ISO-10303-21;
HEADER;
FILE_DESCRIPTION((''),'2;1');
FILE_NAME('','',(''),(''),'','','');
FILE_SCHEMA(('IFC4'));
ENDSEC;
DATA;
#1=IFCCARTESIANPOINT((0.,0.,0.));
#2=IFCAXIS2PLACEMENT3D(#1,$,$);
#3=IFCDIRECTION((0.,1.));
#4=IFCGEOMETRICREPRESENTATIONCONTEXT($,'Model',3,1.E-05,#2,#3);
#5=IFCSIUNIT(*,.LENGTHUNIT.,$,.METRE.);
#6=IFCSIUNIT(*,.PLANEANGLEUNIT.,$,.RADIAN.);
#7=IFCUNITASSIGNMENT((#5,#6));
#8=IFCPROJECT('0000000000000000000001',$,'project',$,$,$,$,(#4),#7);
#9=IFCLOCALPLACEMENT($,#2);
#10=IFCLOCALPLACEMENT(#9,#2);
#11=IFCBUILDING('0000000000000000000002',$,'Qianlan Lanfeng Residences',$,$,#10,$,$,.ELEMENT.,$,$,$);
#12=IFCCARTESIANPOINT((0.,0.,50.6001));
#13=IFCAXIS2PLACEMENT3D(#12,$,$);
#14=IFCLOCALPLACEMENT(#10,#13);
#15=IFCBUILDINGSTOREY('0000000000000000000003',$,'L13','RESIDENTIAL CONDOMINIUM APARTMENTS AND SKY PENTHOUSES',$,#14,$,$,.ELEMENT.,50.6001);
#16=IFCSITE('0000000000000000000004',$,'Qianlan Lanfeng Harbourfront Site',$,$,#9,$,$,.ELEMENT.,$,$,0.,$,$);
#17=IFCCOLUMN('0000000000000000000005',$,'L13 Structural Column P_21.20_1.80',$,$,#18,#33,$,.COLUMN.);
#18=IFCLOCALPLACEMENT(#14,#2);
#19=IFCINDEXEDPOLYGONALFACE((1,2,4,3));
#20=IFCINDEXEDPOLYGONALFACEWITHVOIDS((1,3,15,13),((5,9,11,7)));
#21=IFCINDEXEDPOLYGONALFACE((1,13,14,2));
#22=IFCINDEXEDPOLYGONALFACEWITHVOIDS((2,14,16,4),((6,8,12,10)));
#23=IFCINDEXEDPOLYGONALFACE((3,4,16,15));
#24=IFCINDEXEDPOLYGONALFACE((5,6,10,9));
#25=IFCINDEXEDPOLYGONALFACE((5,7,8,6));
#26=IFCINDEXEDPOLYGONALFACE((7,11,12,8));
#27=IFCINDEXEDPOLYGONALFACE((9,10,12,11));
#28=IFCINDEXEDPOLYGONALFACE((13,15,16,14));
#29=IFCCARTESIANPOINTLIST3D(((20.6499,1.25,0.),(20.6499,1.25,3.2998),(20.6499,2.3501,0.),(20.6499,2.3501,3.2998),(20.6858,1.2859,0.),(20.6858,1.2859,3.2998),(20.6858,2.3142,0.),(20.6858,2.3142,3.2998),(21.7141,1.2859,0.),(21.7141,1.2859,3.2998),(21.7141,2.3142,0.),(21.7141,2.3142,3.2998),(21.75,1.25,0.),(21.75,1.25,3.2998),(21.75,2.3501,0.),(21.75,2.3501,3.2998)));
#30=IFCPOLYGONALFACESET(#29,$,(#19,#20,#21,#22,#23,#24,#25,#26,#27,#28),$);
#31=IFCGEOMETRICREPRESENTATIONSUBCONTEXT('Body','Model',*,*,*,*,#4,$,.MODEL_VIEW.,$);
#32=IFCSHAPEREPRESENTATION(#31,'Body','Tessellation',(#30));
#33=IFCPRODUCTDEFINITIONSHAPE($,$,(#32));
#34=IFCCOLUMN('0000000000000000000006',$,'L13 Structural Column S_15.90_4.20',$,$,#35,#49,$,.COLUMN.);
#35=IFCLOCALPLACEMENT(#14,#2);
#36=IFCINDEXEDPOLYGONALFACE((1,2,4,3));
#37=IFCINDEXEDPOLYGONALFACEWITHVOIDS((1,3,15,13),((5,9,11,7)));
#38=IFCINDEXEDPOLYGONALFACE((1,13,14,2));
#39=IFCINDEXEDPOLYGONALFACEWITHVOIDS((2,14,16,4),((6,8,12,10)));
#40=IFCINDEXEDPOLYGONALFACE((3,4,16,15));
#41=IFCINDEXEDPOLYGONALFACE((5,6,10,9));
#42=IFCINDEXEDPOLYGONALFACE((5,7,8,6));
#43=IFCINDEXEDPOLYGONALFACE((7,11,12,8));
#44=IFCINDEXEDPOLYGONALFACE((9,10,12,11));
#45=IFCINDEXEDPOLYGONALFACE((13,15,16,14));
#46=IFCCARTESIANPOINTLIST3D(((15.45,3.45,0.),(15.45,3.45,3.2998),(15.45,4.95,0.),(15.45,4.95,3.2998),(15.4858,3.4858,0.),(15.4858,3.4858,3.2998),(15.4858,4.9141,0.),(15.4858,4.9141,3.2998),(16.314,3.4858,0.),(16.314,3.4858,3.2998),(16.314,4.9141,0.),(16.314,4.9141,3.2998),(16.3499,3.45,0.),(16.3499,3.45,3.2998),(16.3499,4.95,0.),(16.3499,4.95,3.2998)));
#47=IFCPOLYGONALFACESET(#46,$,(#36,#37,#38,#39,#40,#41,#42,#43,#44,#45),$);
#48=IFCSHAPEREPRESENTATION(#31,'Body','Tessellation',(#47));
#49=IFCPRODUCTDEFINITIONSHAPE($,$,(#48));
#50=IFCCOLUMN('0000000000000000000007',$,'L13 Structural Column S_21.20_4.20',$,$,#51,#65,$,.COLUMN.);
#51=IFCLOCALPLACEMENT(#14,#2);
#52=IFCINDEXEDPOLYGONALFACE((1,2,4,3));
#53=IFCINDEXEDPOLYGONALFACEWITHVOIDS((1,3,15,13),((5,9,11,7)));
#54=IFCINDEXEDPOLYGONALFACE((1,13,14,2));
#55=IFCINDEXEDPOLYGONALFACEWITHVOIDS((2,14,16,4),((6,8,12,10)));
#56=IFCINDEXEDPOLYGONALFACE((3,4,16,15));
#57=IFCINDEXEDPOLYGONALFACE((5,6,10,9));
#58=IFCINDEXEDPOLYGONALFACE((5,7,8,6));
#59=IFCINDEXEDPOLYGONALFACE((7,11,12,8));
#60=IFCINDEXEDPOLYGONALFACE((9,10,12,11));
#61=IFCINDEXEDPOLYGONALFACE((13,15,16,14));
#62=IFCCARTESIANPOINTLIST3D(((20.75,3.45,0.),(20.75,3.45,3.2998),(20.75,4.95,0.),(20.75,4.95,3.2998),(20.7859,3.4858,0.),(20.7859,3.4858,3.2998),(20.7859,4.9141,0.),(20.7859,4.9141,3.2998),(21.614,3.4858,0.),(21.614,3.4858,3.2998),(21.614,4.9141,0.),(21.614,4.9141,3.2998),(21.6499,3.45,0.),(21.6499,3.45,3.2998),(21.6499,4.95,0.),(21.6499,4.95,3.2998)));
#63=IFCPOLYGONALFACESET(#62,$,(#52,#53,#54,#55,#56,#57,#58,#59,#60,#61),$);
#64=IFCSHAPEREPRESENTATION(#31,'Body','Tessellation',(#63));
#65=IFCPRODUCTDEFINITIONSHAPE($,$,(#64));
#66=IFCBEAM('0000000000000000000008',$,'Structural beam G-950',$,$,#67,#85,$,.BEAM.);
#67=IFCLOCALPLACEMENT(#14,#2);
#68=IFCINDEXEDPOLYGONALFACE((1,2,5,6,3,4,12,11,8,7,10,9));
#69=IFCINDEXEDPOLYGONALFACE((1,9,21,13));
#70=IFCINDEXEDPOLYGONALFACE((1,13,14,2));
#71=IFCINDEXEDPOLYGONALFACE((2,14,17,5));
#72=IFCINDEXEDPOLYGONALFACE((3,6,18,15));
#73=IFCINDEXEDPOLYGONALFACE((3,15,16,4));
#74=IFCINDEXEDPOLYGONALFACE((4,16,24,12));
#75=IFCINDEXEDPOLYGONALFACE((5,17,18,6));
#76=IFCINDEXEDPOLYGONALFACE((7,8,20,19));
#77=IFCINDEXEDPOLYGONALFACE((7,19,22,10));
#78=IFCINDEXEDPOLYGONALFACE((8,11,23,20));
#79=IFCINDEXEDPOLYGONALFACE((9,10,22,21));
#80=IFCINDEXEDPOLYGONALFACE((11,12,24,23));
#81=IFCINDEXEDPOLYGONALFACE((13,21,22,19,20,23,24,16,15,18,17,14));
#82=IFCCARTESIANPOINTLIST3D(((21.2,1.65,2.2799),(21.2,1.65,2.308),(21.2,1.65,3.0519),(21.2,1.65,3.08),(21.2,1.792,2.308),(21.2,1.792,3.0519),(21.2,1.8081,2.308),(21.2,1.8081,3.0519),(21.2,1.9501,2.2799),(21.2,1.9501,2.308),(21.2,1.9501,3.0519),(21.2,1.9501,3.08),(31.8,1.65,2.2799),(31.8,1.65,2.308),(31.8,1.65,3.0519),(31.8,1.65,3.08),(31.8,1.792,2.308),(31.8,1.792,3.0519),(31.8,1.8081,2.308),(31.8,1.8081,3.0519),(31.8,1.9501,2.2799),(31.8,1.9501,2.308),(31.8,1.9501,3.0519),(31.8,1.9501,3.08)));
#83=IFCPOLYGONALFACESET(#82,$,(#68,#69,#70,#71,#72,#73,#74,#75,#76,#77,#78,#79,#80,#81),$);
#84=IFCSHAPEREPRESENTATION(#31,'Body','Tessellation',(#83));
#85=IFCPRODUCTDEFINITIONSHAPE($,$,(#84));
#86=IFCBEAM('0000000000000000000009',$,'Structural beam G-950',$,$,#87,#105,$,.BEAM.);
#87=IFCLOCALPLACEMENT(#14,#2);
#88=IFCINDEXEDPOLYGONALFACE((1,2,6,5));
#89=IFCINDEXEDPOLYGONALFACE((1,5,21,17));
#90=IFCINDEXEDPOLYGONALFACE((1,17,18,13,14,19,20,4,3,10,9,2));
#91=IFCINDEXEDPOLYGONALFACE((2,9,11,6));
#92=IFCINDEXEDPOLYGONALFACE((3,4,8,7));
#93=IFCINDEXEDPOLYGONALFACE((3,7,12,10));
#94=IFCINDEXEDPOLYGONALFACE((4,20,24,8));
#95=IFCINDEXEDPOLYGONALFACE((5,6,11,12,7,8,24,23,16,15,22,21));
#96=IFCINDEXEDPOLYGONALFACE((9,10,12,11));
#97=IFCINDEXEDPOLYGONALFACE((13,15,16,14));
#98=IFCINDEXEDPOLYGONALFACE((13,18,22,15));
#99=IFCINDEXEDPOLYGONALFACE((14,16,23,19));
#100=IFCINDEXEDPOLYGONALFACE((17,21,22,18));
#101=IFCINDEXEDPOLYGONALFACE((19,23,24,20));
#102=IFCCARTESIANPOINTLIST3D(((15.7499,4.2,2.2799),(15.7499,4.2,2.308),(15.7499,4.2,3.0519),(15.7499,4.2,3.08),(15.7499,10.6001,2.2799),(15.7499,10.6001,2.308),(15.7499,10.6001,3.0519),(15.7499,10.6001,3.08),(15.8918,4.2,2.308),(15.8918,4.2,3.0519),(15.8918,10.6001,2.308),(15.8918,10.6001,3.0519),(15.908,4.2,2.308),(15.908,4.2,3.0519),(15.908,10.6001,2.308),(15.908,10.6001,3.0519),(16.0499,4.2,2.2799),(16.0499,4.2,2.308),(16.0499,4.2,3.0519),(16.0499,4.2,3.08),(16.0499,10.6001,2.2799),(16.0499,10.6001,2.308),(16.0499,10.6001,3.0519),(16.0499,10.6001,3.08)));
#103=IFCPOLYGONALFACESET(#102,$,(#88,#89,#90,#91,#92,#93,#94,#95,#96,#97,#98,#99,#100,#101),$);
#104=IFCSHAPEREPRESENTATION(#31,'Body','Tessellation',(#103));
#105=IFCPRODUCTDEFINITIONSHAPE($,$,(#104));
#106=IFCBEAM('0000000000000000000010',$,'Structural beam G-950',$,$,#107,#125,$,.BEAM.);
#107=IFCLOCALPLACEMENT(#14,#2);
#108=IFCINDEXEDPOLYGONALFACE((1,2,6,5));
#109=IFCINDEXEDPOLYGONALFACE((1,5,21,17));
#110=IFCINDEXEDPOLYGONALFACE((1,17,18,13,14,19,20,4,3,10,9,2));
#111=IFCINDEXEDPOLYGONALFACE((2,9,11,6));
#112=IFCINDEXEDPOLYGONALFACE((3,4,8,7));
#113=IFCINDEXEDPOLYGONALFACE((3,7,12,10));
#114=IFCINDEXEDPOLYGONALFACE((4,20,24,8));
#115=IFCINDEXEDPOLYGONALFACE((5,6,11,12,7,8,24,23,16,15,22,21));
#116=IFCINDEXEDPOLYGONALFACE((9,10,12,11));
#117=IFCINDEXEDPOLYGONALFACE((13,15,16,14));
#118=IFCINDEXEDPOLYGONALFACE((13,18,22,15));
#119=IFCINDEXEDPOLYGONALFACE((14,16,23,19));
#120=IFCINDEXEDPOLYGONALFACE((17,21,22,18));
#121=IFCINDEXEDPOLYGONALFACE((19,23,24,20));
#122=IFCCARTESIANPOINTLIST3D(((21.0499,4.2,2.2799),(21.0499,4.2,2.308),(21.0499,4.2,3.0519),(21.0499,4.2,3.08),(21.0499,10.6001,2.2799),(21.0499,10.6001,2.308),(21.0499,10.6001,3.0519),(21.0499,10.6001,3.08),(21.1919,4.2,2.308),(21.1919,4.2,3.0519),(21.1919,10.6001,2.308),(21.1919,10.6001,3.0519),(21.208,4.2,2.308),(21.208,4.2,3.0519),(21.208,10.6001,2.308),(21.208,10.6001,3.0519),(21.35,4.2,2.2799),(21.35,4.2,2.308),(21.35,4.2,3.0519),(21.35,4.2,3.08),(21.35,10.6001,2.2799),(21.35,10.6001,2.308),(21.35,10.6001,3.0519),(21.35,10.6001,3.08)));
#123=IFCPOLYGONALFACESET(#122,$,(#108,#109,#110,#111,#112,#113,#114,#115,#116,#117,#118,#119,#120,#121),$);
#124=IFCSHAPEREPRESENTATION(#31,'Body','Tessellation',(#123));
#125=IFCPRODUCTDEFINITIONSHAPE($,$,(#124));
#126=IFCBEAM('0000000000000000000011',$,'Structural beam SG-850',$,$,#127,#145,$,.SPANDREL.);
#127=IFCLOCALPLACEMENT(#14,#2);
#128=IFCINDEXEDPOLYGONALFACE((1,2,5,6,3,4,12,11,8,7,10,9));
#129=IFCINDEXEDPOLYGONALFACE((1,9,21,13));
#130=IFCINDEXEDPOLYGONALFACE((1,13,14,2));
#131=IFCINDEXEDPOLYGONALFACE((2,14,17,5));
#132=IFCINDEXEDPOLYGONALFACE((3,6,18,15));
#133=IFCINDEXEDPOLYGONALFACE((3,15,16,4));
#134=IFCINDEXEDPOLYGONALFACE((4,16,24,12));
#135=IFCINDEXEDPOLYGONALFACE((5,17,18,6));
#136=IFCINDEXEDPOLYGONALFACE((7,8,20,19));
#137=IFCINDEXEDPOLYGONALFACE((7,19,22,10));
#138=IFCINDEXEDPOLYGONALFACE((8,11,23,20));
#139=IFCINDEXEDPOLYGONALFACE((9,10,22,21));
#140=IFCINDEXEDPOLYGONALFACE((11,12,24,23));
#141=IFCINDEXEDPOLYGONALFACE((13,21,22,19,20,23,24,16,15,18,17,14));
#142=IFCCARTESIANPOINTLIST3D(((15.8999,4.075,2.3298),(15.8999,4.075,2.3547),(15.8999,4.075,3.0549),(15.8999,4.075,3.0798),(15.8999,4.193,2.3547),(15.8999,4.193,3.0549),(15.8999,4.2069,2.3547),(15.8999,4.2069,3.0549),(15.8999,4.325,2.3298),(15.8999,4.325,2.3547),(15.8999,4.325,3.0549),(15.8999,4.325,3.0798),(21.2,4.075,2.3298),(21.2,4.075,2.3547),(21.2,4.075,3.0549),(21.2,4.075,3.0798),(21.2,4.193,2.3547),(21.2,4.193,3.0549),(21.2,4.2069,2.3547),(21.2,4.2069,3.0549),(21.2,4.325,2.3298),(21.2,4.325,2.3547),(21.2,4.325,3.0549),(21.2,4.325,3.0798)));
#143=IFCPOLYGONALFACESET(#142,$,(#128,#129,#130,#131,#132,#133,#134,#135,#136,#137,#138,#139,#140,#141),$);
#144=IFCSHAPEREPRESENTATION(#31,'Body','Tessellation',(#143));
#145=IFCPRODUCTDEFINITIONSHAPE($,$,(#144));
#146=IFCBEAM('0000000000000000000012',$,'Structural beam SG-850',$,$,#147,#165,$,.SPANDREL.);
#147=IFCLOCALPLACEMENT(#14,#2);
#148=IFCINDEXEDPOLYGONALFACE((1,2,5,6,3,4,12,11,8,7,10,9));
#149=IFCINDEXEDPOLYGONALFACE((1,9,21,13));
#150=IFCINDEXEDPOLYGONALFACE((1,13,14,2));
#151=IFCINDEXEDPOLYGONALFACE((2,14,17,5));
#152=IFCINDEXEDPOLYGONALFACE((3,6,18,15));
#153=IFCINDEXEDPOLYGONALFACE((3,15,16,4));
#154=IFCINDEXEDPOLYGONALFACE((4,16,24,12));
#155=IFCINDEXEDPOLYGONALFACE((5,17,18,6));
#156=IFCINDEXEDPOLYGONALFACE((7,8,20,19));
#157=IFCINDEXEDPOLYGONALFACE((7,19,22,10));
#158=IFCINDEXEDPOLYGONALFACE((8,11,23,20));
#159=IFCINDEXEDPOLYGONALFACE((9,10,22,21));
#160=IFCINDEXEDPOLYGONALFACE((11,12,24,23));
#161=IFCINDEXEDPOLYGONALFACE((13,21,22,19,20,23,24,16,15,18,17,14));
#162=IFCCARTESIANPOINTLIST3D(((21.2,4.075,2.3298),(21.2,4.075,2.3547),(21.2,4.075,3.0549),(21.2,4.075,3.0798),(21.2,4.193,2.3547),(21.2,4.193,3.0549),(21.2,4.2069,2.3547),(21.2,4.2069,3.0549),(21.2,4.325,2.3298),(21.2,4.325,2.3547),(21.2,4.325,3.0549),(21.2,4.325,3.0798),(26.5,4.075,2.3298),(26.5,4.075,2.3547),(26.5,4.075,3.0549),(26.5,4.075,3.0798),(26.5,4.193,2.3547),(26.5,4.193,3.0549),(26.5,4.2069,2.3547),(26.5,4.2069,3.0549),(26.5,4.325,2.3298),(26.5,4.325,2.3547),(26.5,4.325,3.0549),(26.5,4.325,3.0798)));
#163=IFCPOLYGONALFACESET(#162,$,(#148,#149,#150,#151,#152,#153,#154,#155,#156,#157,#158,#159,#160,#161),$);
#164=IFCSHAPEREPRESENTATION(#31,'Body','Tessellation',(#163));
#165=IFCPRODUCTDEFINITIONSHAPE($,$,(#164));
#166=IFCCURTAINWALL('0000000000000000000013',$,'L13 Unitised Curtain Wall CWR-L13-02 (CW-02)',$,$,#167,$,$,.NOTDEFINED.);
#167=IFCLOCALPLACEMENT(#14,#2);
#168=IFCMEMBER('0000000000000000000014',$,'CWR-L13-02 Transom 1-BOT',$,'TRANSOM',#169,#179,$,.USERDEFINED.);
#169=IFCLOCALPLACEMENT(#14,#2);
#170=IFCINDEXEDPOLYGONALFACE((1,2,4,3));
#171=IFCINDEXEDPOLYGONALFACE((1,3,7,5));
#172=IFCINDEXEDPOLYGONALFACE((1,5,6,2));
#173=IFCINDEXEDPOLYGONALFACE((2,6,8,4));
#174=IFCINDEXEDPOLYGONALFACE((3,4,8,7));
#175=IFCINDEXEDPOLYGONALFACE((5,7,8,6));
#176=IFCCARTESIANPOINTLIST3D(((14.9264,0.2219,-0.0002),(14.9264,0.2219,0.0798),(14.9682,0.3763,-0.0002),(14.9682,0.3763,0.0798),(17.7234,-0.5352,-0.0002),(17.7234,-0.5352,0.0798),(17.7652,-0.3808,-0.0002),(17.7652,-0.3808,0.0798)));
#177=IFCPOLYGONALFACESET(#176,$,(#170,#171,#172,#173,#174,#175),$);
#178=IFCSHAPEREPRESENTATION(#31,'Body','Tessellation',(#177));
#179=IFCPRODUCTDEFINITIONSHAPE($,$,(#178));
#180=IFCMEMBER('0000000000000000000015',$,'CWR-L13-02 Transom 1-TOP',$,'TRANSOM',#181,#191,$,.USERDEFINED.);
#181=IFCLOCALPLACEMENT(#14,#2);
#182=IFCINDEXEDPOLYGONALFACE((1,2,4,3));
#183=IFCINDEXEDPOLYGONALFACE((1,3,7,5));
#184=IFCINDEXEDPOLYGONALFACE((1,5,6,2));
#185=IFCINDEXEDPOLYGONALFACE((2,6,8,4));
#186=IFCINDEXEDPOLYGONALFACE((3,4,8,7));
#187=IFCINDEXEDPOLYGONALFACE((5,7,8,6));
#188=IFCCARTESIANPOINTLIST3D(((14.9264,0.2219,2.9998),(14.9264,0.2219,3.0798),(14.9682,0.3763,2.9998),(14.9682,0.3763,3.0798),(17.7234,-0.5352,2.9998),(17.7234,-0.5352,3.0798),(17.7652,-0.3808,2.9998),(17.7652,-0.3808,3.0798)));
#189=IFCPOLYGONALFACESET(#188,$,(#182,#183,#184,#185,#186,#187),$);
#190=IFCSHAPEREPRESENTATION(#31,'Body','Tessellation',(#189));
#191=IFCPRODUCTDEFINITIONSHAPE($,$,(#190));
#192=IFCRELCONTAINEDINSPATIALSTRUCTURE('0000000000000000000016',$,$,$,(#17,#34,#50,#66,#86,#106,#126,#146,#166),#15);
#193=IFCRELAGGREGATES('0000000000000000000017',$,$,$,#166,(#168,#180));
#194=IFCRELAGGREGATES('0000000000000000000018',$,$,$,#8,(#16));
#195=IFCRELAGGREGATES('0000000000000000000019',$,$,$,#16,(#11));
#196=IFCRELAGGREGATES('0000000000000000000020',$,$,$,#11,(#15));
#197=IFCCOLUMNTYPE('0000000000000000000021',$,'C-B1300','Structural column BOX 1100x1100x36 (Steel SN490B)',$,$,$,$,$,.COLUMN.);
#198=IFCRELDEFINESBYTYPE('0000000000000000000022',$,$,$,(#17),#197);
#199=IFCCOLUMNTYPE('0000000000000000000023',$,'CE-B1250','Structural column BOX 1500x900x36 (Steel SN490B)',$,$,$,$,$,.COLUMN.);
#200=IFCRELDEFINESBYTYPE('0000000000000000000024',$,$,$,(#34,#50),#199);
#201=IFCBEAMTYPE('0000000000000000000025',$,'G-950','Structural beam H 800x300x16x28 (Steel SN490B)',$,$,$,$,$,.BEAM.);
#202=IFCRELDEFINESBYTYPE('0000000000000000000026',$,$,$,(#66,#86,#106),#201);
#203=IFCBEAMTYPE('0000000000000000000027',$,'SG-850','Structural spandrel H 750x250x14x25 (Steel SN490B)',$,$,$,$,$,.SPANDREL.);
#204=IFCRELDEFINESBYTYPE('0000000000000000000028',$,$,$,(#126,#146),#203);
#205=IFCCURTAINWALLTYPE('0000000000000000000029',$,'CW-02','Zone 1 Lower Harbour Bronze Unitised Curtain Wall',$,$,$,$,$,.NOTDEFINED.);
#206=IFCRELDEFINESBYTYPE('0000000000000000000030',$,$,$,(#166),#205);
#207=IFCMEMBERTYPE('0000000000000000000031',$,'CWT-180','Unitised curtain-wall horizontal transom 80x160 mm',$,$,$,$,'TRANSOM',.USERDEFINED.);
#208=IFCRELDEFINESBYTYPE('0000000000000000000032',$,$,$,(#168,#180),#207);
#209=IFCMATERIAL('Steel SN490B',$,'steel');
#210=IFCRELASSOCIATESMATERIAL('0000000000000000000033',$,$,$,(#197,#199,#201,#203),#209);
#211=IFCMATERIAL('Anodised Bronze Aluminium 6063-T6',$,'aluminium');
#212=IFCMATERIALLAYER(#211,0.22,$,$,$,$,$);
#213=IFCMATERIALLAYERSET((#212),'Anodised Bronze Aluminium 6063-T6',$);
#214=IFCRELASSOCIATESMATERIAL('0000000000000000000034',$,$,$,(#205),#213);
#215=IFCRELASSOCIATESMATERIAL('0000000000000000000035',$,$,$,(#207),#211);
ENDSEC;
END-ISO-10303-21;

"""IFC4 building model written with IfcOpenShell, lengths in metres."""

from ifc_helpers import new_model, si_unit, direction, frame, origin, origin_2d, place, context, subcontext, project, spatial, rectangle, hollow_rectangle, i_section, extrude, source, transform, mapped, material, layer, layer_set, material_profile, profile_set, type_object, element, aggregate, save


model = new_model("IFC4")

# Units and contexts
model_context = context("Model", 3, precision=1e-05, world=origin(), true_north=direction((0.0, 1.0)))
body_context = subcontext(model_context, "Body", "Model", "MODEL_VIEW")
ifc_project = project(units=[si_unit("LENGTHUNIT", "METRE"), si_unit("PLANEANGLEUNIT", "RADIAN")], contexts=[model_context])

# Site, building, storey
site_placement = place(None, origin())
site = spatial("IfcSite", under=ifc_project, at=site_placement, Name="Qianlan Lanfeng Harbourfront Site", CompositionType="ELEMENT", RefElevation=0.0)
building_placement = place(site_placement, origin())
building = spatial("IfcBuilding", under=site, at=building_placement, Name="Qianlan Lanfeng Residences", CompositionType="ELEMENT")
storey_placement = place(building_placement, frame((0.0, 0.0, 50.6001)))
storey = spatial("IfcBuildingStorey", under=building, at=storey_placement, Name="L13", Description="RESIDENTIAL CONDOMINIUM APARTMENTS AND SKY PENTHOUSES", CompositionType="ELEMENT", Elevation=50.6001)

# Columns
ifc_material_1 = material(Name="Steel SN490B", Category="steel")
ifc_material_profile_1 = material_profile(ifc_material_1, hollow_rectangle(XDim=1.1001, YDim=1.1001, WallThickness=0.0359, at=origin_2d()), Name="BOX 1100x1100x36")
ifc_profile_set_1 = profile_set([ifc_material_profile_1], Name="Steel SN490B")
column_type_1 = type_object("IfcColumnType", Name="C-B1300", Description="Structural column BOX 1100x1100x36 (Steel SN490B)", PredefinedType="COLUMN", material=ifc_profile_set_1)
column_placement = place(storey_placement, frame((21.2, 1.8, 0.0), z_axis=(0.0, 0.0, 1.0), x_axis=(1.0, 0.0, 0.0)))
element("IfcColumn", 1, at=column_placement, inside=storey, type_object=column_type_1, Name="L13 Structural Column P_21.20_1.80", PredefinedType="COLUMN", context=body_context, shape_type="SweptSolid", body=[
    extrude(hollow_rectangle(XDim=1.1001, YDim=1.1001, WallThickness=0.0359, at=origin_2d()), origin(), (0.0, 0.0, 1.0), 3.2998),
])
ifc_material_profile_2 = material_profile(ifc_material_1, hollow_rectangle(XDim=0.8999, YDim=1.5, WallThickness=0.0359, at=origin_2d()), Name="BOX 1500x900x36")
ifc_profile_set_2 = profile_set([ifc_material_profile_2], Name="Steel SN490B")
column_type_2 = type_object("IfcColumnType", Name="CE-B1250", Description="Structural column BOX 1500x900x36 (Steel SN490B)", PredefinedType="COLUMN", material=ifc_profile_set_2)
for number, where, z_axis, x_axis, name in (
    (2, (15.8999, 4.2, 0.0), (0.0, 0.0, 1.0), (1.0, 0.0, 0.0), "L13 Structural Column S_15.90_4.20"),
    (3, (21.2, 4.2, 0.0), (0.0, 0.0, 1.0), (1.0, 0.0, 0.0), "L13 Structural Column S_21.20_4.20"),
):
    element("IfcColumn", number, at=place(storey_placement, frame(where, z_axis=z_axis, x_axis=x_axis)), inside=storey, type_object=column_type_2, Name=name, PredefinedType="COLUMN", context=body_context, shape_type="SweptSolid", body=[
        extrude(hollow_rectangle(XDim=0.8999, YDim=1.5, WallThickness=0.0359, at=origin_2d()), origin(), (0.0, 0.0, 1.0), 3.2998),
    ])

# Beams
ifc_material_profile_3 = material_profile(ifc_material_1, i_section(OverallWidth=0.3, OverallDepth=0.8, WebThickness=0.0161, FlangeThickness=0.0281, at=origin_2d()), Name="H 800x300x16x28")
ifc_profile_set_3 = profile_set([ifc_material_profile_3], Name="Steel SN490B")
beam_type_1 = type_object("IfcBeamType", Name="G-950", Description="Structural beam H 800x300x16x28 (Steel SN490B)", PredefinedType="BEAM", material=ifc_profile_set_3)
beam_placement = place(storey_placement, frame((21.2, 1.8, 2.6799), z_axis=(1.0, 0.0, 0.0), x_axis=(0.0, 1.0, 0.0)))
element("IfcBeam", 4, at=beam_placement, inside=storey, type_object=beam_type_1, Name="Structural beam G-950", PredefinedType="BEAM", context=body_context, shape_type="SweptSolid", body=[
    extrude(i_section(OverallWidth=0.3, OverallDepth=0.8, WebThickness=0.0161, FlangeThickness=0.0281, at=origin_2d()), origin(), (0.0, 0.0, 1.0), 10.6001),
])
for number, where, z_axis, x_axis, name in (
    (5, (15.8999, 4.2, 2.6799), (0.0, 1.0, 0.0), (-1.0, 0.0, 0.0), "Structural beam G-950"),
    (6, (21.2, 4.2, 2.6799), (0.0, 1.0, 0.0), (-1.0, 0.0, 0.0), "Structural beam G-950"),
):
    element("IfcBeam", number, at=place(storey_placement, frame(where, z_axis=z_axis, x_axis=x_axis)), inside=storey, type_object=beam_type_1, Name=name, PredefinedType="BEAM", context=body_context, shape_type="SweptSolid", body=[
        extrude(i_section(OverallWidth=0.3, OverallDepth=0.8, WebThickness=0.0161, FlangeThickness=0.0281, at=origin_2d()), origin(), (0.0, 0.0, 1.0), 6.4001),
    ])
ifc_material_profile_4 = material_profile(ifc_material_1, i_section(OverallWidth=0.25, OverallDepth=0.75, WebThickness=0.0139, FlangeThickness=0.0249, at=origin_2d()), Name="H 750x250x14x25")
ifc_profile_set_4 = profile_set([ifc_material_profile_4], Name="Steel SN490B")
beam_type_2 = type_object("IfcBeamType", Name="SG-850", Description="Structural spandrel H 750x250x14x25 (Steel SN490B)", PredefinedType="SPANDREL", material=ifc_profile_set_4)
for number, where, z_axis, x_axis, name in (
    (7, (15.8999, 4.2, 2.7048), (1.0, 0.0, 0.0), (0.0, 1.0, 0.0), "Structural beam SG-850"),
    (8, (21.2, 4.2, 2.7048), (1.0, 0.0, 0.0), (0.0, 1.0, 0.0), "Structural beam SG-850"),
):
    element("IfcBeam", number, at=place(storey_placement, frame(where, z_axis=z_axis, x_axis=x_axis)), inside=storey, type_object=beam_type_2, Name=name, PredefinedType="SPANDREL", context=body_context, shape_type="SweptSolid", body=[
        extrude(i_section(OverallWidth=0.25, OverallDepth=0.75, WebThickness=0.0139, FlangeThickness=0.0249, at=origin_2d()), origin(), (0.0, 0.0, 1.0), 5.3),
    ])

# Curtain wall, members
ifc_material_2 = material(Name="Anodised Bronze Aluminium 6063-T6", Category="aluminium")
ifc_layer_1 = layer(ifc_material_2, 0.22)
ifc_layer_set_1 = layer_set([ifc_layer_1], Name="Anodised Bronze Aluminium 6063-T6")
curtain_wall_type = type_object("IfcCurtainWallType", Name="CW-02", Description="Zone 1 Lower Harbour Bronze Unitised Curtain Wall", PredefinedType="NOTDEFINED", material=ifc_layer_set_1)
curtain_wall_placement = place(storey_placement, origin())
curtain_wall = element("IfcCurtainWall", 9, at=curtain_wall_placement, inside=storey, type_object=curtain_wall_type, Name="L13 Unitised Curtain Wall CWR-L13-02 (CW-02)", PredefinedType="NOTDEFINED")
ifc_material_profile_5 = material_profile(ifc_material_2, rectangle(XDim=0.0801, YDim=0.1599, at=origin_2d()), Name="ALU TRANSOM 80x160")
ifc_profile_set_5 = profile_set([ifc_material_profile_5], Name="Anodised Bronze Aluminium 6063-T6")
member_type_1 = type_object("IfcMemberType", Name="CWT-180", Description="Unitised curtain-wall horizontal transom 80x160 mm", ElementType="TRANSOM", PredefinedType="USERDEFINED", material=ifc_profile_set_5)
shared_shape_1 = source(origin(), body_context, "Body", "SweptSolid", [
    extrude(rectangle(XDim=0.0801, YDim=0.1599, at=origin_2d()), origin(), (0.0, 0.0, 1.0), 2.8977),
])
member_1_placement = place(storey_placement, frame((14.9473, 0.2991, 0.0398), z_axis=(0.965268, -0.261263, 0.0), x_axis=(0.0, 0.0, 1.0)))
member_1 = element("IfcMember", 10, at=member_1_placement, type_object=member_type_1, Name="CWR-L13-02 Transom 1-BOT", ObjectType="TRANSOM", PredefinedType="USERDEFINED", context=body_context, shape_type="MappedRepresentation", body=[
    mapped(shared_shape_1, transform((0.0, 0.0, 0.0), scale=1.0)),
])
member_2_placement = place(storey_placement, frame((14.9473, 0.2991, 3.0398), z_axis=(0.965268, -0.261263, 0.0), x_axis=(0.0, 0.0, 1.0)))
member_2 = element("IfcMember", 11, at=member_2_placement, type_object=member_type_1, Name="CWR-L13-02 Transom 1-TOP", ObjectType="TRANSOM", PredefinedType="USERDEFINED", context=body_context, shape_type="MappedRepresentation", body=[
    mapped(shared_shape_1, transform((0.0, 0.0, 0.0), scale=1.0)),
])
aggregate(curtain_wall, [member_1, member_2])

save(model, "model.ifc")
